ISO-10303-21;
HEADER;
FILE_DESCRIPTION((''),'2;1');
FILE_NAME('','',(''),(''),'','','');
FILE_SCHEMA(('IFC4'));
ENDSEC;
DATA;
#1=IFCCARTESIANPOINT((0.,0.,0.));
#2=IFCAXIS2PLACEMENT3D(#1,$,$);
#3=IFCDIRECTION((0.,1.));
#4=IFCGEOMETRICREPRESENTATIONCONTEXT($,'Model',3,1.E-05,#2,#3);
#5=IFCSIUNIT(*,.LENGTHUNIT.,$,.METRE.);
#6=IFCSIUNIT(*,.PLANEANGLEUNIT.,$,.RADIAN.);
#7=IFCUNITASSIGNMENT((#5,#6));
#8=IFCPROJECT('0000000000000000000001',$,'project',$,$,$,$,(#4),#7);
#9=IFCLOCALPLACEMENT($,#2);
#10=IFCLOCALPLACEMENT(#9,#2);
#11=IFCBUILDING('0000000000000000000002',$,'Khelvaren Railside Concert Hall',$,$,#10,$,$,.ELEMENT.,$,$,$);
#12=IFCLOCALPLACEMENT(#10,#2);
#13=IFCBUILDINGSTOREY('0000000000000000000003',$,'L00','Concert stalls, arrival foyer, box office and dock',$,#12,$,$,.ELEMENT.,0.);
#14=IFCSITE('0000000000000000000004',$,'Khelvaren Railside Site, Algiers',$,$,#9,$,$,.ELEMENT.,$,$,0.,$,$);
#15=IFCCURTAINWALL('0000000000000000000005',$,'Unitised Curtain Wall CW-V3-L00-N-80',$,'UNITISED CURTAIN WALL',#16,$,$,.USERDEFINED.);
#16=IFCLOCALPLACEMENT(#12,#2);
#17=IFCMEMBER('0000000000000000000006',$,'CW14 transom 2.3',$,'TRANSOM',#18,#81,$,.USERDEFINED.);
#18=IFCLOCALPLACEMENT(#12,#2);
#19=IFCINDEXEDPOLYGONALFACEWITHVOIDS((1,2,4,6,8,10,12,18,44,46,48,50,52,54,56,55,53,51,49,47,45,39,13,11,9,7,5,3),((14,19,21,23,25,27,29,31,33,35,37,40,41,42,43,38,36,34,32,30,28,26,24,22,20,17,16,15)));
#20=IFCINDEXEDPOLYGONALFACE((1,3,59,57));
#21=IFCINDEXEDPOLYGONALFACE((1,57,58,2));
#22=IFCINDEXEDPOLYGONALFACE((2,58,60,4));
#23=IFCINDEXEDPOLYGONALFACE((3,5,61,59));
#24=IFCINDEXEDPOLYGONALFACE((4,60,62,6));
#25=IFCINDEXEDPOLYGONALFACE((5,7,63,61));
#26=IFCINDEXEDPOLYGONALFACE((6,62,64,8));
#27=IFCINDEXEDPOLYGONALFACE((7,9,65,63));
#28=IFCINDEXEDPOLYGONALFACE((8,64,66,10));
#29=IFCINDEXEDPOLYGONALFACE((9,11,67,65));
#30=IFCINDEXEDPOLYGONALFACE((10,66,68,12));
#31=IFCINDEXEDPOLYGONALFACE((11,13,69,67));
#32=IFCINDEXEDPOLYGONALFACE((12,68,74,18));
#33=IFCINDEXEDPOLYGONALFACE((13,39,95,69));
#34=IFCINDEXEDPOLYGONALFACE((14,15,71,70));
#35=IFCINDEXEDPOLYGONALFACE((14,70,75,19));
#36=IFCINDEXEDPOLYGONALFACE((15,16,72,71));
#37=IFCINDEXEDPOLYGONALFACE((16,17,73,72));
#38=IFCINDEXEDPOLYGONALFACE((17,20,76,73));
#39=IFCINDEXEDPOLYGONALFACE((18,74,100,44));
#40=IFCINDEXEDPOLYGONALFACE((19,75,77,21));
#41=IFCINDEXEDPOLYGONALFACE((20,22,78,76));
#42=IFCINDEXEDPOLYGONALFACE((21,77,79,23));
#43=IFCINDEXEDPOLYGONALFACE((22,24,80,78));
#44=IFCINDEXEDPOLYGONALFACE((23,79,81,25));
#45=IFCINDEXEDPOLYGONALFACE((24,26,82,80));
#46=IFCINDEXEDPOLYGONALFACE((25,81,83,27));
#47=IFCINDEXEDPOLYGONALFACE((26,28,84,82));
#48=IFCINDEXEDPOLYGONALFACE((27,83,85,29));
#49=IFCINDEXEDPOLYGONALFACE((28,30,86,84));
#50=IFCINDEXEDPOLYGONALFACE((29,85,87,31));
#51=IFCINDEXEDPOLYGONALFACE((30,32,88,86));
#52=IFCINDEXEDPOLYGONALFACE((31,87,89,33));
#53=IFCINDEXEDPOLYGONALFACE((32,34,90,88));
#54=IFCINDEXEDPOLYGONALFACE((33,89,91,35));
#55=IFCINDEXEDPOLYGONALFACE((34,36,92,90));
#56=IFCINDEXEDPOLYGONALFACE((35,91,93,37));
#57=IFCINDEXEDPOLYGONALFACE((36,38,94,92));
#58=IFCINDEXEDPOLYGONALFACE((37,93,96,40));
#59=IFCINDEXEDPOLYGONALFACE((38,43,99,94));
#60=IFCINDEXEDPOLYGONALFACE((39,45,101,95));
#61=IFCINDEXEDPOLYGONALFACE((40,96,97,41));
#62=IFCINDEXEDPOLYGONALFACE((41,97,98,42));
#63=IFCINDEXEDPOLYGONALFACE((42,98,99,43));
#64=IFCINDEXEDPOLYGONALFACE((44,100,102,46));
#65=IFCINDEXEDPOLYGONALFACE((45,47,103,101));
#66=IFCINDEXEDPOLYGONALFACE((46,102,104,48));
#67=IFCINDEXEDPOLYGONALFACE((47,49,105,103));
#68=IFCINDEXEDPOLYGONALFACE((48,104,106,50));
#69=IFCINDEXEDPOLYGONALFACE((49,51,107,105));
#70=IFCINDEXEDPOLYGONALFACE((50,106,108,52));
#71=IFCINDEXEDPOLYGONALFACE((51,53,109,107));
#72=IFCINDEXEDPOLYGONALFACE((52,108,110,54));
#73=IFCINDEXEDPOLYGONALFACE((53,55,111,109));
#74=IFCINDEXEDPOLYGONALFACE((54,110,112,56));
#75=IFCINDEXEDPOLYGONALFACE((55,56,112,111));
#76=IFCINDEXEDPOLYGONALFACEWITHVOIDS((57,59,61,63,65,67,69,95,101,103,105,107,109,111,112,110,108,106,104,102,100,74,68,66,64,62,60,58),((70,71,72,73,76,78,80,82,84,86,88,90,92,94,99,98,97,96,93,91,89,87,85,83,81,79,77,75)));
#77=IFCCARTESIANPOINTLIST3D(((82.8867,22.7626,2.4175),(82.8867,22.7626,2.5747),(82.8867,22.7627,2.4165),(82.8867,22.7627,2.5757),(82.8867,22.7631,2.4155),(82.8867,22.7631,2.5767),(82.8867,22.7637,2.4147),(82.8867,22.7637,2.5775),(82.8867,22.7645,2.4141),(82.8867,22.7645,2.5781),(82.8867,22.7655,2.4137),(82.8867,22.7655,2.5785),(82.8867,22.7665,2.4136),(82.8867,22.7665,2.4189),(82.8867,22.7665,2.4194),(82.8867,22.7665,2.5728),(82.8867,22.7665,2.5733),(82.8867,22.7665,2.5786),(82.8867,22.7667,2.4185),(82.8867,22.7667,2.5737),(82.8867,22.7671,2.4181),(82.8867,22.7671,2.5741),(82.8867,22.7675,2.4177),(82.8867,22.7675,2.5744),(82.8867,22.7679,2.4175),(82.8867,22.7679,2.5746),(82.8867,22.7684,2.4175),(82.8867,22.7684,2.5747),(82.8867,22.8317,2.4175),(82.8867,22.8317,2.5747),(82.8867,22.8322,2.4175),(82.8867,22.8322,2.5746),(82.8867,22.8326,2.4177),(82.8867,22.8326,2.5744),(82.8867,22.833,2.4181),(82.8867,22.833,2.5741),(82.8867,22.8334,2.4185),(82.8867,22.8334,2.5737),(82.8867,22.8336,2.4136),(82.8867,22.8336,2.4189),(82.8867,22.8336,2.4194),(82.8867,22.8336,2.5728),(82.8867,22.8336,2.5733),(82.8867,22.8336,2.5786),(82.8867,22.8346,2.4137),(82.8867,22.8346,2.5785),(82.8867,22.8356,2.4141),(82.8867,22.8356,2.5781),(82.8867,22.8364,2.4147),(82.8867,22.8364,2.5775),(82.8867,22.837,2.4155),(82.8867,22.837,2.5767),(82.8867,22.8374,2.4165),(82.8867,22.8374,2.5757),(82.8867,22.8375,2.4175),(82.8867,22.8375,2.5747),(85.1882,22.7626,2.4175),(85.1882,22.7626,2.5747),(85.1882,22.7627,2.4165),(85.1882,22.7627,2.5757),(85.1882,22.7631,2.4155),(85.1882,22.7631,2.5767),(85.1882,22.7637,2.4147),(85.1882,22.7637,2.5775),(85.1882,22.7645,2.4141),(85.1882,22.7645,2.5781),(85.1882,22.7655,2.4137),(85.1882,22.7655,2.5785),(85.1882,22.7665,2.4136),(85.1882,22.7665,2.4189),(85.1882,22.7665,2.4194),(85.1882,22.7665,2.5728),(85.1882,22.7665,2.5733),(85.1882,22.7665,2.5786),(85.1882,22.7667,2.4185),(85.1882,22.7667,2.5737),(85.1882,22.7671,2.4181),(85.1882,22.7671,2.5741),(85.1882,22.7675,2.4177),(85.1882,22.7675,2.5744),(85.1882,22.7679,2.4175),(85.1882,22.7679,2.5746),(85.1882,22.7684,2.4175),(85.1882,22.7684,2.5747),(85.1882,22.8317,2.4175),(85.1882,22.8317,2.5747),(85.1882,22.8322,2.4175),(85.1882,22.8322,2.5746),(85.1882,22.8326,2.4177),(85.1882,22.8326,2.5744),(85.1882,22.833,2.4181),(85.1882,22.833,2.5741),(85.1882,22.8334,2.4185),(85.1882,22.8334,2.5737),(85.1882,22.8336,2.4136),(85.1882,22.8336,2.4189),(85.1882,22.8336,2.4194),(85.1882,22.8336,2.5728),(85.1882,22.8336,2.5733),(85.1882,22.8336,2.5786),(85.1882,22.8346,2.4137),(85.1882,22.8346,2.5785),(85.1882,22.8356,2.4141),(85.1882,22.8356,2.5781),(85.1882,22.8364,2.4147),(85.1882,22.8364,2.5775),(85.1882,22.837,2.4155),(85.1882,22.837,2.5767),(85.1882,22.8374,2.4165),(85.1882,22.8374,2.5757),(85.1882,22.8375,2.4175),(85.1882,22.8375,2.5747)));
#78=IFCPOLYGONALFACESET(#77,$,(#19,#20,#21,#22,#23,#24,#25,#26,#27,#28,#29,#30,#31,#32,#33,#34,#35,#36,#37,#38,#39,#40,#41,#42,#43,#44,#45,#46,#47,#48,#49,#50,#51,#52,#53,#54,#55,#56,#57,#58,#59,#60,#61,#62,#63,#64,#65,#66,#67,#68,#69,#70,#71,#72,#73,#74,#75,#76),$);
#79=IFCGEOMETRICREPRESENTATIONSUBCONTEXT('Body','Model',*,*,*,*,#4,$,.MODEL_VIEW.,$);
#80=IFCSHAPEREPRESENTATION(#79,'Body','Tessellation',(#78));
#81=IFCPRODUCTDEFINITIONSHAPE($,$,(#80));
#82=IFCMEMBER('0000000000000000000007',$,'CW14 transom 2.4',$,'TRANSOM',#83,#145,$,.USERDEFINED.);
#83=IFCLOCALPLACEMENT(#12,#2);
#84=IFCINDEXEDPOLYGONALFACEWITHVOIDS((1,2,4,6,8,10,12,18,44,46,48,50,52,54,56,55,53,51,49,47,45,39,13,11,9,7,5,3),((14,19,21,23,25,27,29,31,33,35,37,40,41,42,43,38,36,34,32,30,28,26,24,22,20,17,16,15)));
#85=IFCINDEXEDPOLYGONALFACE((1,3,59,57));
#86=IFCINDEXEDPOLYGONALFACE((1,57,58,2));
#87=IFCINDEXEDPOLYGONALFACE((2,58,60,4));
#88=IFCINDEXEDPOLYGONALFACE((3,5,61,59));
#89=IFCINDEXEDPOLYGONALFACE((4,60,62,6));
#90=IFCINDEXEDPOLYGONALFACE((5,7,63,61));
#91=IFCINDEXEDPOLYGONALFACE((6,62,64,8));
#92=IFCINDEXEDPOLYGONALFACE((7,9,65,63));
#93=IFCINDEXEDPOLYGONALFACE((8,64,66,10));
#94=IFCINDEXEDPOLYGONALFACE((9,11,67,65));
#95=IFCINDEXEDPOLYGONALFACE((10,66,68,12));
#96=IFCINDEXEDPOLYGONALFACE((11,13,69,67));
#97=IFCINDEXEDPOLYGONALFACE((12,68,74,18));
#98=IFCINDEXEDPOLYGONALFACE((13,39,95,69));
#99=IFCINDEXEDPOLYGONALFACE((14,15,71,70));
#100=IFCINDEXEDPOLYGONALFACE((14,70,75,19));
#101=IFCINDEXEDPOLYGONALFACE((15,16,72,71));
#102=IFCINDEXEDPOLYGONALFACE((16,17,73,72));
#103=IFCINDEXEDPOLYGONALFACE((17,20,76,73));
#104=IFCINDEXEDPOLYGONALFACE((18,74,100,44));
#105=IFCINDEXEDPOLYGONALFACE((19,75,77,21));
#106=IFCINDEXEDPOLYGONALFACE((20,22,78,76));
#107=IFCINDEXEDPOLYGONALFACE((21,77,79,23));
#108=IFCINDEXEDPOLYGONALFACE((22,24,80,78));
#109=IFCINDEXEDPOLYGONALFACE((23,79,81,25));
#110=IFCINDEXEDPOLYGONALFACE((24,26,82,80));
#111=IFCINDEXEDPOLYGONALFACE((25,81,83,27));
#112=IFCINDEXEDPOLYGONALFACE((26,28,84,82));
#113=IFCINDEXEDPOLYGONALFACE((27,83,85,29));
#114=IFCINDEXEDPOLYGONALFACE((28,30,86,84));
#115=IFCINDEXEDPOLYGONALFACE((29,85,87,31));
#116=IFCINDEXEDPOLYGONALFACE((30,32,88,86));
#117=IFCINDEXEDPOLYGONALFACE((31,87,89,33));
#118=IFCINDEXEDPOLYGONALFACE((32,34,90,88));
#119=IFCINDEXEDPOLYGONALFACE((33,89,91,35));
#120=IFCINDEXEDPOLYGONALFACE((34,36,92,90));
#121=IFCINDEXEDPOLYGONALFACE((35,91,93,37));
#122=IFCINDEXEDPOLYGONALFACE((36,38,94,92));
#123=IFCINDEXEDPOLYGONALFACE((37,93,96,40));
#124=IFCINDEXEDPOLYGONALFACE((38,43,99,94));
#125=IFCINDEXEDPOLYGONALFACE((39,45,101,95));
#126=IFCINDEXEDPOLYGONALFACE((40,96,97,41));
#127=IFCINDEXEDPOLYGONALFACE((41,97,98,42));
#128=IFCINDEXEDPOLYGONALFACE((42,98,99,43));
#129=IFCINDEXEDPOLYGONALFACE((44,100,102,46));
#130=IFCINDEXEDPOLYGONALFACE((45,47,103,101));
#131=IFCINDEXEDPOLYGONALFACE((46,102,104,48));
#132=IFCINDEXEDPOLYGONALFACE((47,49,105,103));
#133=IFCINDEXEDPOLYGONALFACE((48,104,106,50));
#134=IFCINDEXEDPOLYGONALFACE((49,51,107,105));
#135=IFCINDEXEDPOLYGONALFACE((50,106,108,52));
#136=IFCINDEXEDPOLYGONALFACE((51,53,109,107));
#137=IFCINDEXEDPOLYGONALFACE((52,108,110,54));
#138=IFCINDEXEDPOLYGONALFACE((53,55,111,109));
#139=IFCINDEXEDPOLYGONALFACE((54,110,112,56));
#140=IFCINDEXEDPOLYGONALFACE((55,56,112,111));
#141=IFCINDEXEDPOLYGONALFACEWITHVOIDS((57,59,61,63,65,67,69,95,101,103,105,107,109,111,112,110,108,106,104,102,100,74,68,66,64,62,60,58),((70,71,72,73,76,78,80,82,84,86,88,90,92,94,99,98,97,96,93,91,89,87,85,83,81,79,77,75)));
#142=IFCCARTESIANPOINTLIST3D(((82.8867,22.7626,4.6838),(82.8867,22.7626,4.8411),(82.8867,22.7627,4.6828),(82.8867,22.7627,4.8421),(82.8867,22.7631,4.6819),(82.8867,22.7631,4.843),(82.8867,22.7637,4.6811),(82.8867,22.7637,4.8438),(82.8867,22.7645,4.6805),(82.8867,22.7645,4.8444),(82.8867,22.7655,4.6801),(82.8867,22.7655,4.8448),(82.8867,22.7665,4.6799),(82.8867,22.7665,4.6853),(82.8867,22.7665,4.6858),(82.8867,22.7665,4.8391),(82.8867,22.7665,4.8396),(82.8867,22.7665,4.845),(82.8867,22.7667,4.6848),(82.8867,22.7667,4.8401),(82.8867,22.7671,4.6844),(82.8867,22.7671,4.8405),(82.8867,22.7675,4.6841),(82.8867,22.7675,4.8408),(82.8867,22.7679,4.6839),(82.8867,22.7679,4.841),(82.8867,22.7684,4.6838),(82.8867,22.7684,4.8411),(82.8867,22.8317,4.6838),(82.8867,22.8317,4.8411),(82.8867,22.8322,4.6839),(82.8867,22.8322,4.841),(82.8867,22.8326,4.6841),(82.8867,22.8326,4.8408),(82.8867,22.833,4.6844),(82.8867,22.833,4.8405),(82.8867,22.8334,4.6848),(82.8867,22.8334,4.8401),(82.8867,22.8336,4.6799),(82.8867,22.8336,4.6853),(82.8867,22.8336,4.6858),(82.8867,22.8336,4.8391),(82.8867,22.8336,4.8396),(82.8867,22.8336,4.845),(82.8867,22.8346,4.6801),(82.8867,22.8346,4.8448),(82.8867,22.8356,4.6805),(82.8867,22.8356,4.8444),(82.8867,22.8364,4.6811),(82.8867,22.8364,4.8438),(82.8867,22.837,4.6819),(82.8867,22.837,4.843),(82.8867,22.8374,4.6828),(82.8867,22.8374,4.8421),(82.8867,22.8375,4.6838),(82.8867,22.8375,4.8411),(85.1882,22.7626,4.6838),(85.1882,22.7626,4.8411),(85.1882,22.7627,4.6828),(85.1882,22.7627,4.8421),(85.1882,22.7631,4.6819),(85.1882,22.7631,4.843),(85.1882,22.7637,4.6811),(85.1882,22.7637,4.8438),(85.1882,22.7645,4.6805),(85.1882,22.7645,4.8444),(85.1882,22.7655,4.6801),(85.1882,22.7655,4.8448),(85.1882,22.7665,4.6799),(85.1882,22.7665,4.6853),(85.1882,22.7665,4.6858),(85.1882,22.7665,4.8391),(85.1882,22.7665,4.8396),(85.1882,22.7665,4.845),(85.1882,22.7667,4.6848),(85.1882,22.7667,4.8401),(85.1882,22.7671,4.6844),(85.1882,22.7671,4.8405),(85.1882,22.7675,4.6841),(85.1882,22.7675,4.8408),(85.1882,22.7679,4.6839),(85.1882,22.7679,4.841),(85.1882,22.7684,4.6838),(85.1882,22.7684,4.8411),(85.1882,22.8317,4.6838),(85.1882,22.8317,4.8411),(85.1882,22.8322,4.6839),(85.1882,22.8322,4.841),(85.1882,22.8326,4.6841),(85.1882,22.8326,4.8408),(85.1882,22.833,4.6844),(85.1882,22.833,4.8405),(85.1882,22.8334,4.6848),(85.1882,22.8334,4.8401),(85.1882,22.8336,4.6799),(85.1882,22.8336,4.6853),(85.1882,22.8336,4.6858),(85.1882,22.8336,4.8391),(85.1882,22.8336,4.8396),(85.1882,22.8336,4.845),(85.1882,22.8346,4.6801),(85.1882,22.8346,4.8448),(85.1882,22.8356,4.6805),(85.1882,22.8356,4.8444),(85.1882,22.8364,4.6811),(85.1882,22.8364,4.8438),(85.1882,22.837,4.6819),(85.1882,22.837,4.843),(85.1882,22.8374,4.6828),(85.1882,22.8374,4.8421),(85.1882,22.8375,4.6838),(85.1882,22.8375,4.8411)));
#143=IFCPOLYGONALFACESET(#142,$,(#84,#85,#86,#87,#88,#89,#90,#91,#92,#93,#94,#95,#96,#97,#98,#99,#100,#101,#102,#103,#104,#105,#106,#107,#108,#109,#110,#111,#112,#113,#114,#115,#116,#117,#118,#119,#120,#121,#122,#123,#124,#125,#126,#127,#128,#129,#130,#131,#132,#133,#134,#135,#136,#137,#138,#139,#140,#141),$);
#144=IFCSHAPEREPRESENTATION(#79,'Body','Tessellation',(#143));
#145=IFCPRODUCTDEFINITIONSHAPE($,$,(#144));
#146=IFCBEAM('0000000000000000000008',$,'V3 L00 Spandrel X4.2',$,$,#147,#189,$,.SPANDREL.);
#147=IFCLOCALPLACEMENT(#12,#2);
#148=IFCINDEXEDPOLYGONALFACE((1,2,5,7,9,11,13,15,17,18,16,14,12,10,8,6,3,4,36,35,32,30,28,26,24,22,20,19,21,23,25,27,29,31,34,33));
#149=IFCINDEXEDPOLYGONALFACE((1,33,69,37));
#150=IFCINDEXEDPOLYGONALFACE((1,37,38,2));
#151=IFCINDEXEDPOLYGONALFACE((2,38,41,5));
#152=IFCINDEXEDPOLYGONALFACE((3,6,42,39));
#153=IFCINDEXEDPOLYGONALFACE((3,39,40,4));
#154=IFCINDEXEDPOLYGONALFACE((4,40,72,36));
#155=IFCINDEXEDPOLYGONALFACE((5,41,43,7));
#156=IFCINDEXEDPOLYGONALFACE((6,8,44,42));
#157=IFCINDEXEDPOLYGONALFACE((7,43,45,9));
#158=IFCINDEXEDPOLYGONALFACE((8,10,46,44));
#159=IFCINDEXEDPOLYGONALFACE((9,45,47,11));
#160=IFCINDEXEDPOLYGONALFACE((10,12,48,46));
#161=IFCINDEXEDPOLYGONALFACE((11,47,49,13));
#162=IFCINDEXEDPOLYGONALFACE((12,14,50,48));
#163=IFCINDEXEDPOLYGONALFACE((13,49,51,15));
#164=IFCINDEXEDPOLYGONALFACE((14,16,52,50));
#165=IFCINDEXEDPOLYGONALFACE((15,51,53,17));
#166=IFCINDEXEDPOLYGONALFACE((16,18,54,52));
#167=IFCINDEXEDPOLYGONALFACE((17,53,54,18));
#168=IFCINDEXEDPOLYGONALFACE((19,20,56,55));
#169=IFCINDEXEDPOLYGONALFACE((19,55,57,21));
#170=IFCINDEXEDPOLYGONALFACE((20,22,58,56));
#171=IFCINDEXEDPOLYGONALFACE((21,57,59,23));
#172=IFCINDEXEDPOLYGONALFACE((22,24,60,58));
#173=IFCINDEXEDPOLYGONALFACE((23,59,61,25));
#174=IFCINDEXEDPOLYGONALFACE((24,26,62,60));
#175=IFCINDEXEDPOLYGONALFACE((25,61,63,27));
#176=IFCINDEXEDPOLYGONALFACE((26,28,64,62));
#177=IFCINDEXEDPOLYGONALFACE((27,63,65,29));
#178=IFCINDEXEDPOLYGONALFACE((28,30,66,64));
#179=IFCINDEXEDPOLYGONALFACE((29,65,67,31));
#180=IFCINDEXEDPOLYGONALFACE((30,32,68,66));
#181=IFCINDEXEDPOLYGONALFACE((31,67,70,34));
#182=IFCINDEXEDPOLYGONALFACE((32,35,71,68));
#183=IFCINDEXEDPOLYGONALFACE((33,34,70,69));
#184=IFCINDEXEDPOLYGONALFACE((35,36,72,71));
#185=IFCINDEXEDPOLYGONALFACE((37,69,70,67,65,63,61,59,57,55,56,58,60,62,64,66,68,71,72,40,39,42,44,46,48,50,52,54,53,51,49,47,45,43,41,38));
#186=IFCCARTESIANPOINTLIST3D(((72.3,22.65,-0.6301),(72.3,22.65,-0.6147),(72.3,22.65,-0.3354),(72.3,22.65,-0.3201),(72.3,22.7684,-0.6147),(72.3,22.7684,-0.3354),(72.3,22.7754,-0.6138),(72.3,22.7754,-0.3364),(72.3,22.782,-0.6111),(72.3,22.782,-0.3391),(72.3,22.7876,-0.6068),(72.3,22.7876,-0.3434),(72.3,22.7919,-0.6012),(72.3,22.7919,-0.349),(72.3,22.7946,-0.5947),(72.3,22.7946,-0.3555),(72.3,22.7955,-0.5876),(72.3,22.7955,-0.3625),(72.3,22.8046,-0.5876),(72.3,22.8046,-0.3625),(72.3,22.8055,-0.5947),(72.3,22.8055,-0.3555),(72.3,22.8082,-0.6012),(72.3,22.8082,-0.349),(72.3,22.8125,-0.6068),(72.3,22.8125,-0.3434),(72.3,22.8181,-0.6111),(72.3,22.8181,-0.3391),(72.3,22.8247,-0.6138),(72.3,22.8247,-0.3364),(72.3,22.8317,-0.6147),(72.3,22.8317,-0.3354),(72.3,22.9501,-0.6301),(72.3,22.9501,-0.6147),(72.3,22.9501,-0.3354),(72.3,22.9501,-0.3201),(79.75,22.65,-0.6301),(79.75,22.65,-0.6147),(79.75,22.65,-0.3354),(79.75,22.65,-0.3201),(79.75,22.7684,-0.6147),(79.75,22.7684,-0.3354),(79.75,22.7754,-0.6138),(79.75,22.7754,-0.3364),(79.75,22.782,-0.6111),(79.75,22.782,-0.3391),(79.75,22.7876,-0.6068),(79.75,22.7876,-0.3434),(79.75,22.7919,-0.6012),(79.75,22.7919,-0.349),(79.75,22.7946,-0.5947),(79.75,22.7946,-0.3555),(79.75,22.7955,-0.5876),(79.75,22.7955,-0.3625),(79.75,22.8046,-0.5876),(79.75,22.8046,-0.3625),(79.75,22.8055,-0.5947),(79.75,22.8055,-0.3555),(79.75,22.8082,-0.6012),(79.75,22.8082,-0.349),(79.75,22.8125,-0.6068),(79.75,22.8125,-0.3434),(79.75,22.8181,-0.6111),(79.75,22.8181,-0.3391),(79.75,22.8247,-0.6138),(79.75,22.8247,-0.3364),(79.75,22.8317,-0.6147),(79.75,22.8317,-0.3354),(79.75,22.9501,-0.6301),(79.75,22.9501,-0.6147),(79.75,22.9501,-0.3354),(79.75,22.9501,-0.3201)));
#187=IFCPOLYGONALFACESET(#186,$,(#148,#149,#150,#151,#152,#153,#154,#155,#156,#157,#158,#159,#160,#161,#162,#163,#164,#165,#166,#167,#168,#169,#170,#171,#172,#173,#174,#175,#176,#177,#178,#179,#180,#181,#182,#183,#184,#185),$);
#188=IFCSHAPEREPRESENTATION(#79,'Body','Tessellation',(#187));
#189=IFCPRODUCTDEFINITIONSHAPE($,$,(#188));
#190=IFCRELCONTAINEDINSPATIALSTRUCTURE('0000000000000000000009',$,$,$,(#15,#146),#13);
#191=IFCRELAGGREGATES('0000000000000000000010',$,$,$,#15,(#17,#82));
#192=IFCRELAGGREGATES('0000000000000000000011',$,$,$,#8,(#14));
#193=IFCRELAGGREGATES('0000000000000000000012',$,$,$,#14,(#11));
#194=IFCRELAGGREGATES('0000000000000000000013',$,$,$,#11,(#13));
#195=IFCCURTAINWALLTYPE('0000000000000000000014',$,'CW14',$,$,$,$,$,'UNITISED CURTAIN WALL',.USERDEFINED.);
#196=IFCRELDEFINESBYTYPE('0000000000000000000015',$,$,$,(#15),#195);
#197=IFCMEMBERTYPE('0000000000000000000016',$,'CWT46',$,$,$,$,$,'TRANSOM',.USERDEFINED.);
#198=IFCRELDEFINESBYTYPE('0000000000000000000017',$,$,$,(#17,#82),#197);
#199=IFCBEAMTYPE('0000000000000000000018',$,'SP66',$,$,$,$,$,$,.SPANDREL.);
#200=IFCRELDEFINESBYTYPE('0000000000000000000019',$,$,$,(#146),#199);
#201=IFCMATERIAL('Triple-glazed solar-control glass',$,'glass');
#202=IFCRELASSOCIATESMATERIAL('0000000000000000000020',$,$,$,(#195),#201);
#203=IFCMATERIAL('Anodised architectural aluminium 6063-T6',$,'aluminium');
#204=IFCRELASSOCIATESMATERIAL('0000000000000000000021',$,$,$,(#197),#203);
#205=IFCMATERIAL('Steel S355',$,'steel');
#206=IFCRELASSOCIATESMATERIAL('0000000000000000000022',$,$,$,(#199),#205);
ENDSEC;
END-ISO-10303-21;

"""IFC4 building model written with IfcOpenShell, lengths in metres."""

from ifc_helpers import new_model, si_unit, direction, frame, origin, origin_2d, place, context, subcontext, project, spatial, hollow_rectangle, i_section, extrude, material, material_profile, profile_set, type_object, element, aggregate, save


model = new_model("IFC4")

# Units and contexts
model_context = context("Model", 3, precision=1e-05, world=origin(), true_north=direction((0.0, 1.0)))
body_context = subcontext(model_context, "Body", "Model", "MODEL_VIEW")
ifc_project = project(units=[si_unit("LENGTHUNIT", "METRE"), si_unit("PLANEANGLEUNIT", "RADIAN")], contexts=[model_context])

# Site, building, storey
site_placement = place(None, origin())
site = spatial("IfcSite", under=ifc_project, at=site_placement, Name="Khelvaren Railside Site, Algiers", CompositionType="ELEMENT", RefElevation=0.0)
building_placement = place(site_placement, origin())
building = spatial("IfcBuilding", under=site, at=building_placement, Name="Khelvaren Railside Concert Hall", CompositionType="ELEMENT")
storey_placement = place(building_placement, origin())
storey = spatial("IfcBuildingStorey", under=building, at=storey_placement, Name="L00", Description="Concert stalls, arrival foyer, box office and dock", CompositionType="ELEMENT", Elevation=0.0)

# Curtain wall, members
ifc_material_1 = material(Name="Triple-glazed solar-control glass", Category="glass")
curtain_wall_type = type_object("IfcCurtainWallType", Name="CW14", ElementType="UNITISED CURTAIN WALL", PredefinedType="USERDEFINED", material=ifc_material_1)
curtain_wall_placement = place(storey_placement, origin())
curtain_wall = element("IfcCurtainWall", 1, at=curtain_wall_placement, inside=storey, type_object=curtain_wall_type, Name="Unitised Curtain Wall CW-V3-L00-N-80", ObjectType="UNITISED CURTAIN WALL", PredefinedType="USERDEFINED")
ifc_material_2 = material(Name="Anodised architectural aluminium 6063-T6", Category="aluminium")
ifc_material_profile_1 = material_profile(ifc_material_2, hollow_rectangle(XDim=0.075, YDim=0.165, WallThickness=0.0039, InnerFilletRadius=0.002, OuterFilletRadius=0.0039, at=origin_2d()), Name="CWT 75x165x4")
ifc_profile_set_1 = profile_set([ifc_material_profile_1], Name="Anodised architectural aluminium 6063-T6")
member_type_1 = type_object("IfcMemberType", Name="CWT46", ElementType="TRANSOM", PredefinedType="USERDEFINED", material=ifc_profile_set_1)
member_1_placement = place(storey_placement, frame((82.8867, 22.8, 2.4961), z_axis=(1.0, 0.0, 0.0), x_axis=(0.0, 1.0, 0.0)))
member_1 = element("IfcMember", 2, at=member_1_placement, type_object=member_type_1, Name="CW14 transom 2.3", ObjectType="TRANSOM", PredefinedType="USERDEFINED", context=body_context, shape_type="SweptSolid", body=[
    extrude(hollow_rectangle(XDim=0.075, YDim=0.165, WallThickness=0.0039, InnerFilletRadius=0.002, OuterFilletRadius=0.0039, at=origin_2d()), origin(), (0.0, 0.0, 1.0), 2.3015),
])
member_2_placement = place(storey_placement, frame((82.8867, 22.8, 4.7625), z_axis=(1.0, 0.0, 0.0), x_axis=(0.0, 1.0, 0.0)))
member_2 = element("IfcMember", 3, at=member_2_placement, type_object=member_type_1, Name="CW14 transom 2.4", ObjectType="TRANSOM", PredefinedType="USERDEFINED", context=body_context, shape_type="SweptSolid", body=[
    extrude(hollow_rectangle(XDim=0.075, YDim=0.165, WallThickness=0.0039, InnerFilletRadius=0.002, OuterFilletRadius=0.0039, at=origin_2d()), origin(), (0.0, 0.0, 1.0), 2.3015),
])

# Beam
ifc_material_3 = material(Name="Steel S355", Category="steel")
ifc_material_profile_2 = material_profile(ifc_material_3, i_section(OverallWidth=0.3, OverallDepth=0.3101, WebThickness=0.009, FlangeThickness=0.0154, FilletRadius=0.0271, at=origin_2d()), Name="HEA 320")
ifc_profile_set_2 = profile_set([ifc_material_profile_2], Name="Steel S355")
beam_type_1 = type_object("IfcBeamType", Name="SP66", PredefinedType="SPANDREL", material=ifc_profile_set_2)
beam_1_placement = place(storey_placement, frame((72.3, 22.8, -0.4751), z_axis=(1.0, 0.0, 0.0), x_axis=(0.0, 1.0, 0.0)))
element("IfcBeam", 4, at=beam_1_placement, inside=storey, type_object=beam_type_1, Name="V3 L00 Spandrel X4.2", PredefinedType="SPANDREL", context=body_context, shape_type="SweptSolid", body=[
    extrude(i_section(OverallWidth=0.3, OverallDepth=0.3101, WebThickness=0.009, FlangeThickness=0.0154, FilletRadius=0.0271, at=origin_2d()), origin(), (0.0, 0.0, 1.0), 7.45),
])

aggregate(curtain_wall, [member_1, member_2])

save(model, "model.ifc")
